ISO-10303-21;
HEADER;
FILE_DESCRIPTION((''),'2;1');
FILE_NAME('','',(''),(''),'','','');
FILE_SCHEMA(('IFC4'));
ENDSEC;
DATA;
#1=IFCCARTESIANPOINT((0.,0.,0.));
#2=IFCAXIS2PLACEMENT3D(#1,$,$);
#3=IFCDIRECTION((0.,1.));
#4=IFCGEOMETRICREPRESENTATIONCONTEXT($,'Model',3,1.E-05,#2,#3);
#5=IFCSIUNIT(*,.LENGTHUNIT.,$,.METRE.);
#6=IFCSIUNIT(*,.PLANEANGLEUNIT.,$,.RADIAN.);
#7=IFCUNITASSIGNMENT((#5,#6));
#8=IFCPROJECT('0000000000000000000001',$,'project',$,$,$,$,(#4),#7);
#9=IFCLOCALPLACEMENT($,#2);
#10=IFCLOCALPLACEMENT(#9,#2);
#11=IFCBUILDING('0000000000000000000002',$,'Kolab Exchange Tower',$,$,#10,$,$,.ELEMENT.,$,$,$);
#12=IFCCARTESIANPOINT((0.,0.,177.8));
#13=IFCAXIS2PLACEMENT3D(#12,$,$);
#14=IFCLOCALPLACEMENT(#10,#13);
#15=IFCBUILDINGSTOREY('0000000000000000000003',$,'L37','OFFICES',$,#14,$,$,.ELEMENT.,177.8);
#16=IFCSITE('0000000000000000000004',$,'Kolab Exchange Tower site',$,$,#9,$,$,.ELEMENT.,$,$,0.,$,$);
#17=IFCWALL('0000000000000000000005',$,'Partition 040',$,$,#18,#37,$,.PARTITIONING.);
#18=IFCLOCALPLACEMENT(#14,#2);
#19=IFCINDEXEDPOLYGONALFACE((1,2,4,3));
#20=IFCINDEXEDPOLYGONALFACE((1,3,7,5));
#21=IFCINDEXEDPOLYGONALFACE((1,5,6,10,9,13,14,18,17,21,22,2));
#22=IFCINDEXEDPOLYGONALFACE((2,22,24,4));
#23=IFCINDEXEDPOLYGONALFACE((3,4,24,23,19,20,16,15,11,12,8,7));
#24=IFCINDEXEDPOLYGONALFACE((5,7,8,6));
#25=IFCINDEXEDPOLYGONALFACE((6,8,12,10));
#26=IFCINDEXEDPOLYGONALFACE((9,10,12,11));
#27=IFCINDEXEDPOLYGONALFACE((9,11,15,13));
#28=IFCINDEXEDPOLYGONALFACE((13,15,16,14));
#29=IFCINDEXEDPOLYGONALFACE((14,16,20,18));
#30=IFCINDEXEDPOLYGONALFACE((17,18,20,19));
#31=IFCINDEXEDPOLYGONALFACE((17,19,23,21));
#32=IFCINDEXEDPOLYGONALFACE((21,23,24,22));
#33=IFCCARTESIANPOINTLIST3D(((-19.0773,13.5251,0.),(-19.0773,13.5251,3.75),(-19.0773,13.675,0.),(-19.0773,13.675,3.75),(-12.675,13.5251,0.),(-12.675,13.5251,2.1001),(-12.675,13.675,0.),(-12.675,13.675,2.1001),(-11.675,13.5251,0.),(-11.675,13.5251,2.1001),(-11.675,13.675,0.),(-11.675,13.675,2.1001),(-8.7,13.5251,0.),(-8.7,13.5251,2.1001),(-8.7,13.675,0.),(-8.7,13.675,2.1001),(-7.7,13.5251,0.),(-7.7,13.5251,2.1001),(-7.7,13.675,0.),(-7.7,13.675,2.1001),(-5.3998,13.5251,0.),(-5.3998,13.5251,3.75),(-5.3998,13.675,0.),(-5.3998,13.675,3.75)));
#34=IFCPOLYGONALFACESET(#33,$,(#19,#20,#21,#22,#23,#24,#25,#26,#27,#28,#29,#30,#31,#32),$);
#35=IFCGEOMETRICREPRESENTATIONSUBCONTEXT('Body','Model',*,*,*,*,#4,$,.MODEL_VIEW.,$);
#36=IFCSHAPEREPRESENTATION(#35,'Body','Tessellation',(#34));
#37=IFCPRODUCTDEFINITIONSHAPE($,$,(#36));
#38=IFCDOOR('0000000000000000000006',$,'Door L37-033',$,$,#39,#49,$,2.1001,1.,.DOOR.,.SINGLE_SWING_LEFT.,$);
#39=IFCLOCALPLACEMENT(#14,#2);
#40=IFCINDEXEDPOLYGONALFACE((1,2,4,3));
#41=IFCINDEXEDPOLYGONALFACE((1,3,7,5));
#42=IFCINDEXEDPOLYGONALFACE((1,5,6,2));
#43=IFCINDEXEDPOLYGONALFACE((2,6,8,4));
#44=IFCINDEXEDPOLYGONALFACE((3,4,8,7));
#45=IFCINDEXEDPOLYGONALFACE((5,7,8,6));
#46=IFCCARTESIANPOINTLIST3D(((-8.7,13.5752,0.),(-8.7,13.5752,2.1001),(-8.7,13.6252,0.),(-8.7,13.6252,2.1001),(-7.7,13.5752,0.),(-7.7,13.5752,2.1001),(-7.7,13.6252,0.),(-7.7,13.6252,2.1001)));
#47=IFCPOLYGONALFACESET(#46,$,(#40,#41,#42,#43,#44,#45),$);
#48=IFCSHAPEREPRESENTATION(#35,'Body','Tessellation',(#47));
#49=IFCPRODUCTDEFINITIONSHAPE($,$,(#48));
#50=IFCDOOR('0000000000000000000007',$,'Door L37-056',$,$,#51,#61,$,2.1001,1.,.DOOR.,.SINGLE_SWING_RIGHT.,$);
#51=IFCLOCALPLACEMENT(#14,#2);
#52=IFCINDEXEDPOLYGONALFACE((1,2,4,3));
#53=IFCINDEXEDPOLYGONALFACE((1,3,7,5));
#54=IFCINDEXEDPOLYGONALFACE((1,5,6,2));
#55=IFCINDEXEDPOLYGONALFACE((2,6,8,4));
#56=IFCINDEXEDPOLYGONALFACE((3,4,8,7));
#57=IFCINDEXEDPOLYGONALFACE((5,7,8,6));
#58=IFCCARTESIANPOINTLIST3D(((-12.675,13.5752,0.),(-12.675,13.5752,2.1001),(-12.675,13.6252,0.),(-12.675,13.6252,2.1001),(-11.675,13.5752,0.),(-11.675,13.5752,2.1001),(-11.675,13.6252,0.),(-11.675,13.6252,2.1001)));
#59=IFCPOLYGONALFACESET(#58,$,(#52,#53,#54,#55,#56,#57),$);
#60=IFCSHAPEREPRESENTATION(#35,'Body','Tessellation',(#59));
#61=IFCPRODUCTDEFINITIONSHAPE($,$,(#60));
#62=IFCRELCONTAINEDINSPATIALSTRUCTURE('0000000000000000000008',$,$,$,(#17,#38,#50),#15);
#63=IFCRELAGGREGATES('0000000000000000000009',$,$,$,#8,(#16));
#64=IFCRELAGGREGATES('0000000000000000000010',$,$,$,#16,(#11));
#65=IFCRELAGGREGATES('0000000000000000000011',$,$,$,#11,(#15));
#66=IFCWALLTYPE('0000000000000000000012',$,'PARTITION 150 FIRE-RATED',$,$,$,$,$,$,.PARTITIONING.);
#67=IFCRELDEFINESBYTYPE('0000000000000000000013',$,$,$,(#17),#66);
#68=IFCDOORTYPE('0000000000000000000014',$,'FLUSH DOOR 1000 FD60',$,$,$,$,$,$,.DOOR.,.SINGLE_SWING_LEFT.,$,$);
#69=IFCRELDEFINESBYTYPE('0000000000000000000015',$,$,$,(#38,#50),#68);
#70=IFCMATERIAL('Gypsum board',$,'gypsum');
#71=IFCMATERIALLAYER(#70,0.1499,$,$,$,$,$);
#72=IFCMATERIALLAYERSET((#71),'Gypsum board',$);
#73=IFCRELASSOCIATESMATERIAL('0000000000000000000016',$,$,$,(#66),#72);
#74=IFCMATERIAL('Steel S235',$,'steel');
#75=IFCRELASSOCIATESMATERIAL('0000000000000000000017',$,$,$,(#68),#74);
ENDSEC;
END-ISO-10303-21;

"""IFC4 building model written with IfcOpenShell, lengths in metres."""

from ifc_helpers import new_model, si_unit, direction, frame, frame_2d, origin, place, context, subcontext, project, spatial, rectangle, extrude, material, layer, layer_set, type_object, element, fill, save


model = new_model("IFC4")

# Units and contexts
model_context = context("Model", 3, precision=1e-05, world=origin(), true_north=direction((0.0, 1.0)))
body_context = subcontext(model_context, "Body", "Model", "MODEL_VIEW")
ifc_project = project(units=[si_unit("LENGTHUNIT", "METRE"), si_unit("PLANEANGLEUNIT", "RADIAN")], contexts=[model_context])

# Site, building, storey
site_placement = place(None, origin())
site = spatial("IfcSite", under=ifc_project, at=site_placement, Name="Kolab Exchange Tower site", CompositionType="ELEMENT", RefElevation=0.0)
building_placement = place(site_placement, origin())
building = spatial("IfcBuilding", under=site, at=building_placement, Name="Kolab Exchange Tower", CompositionType="ELEMENT")
storey_placement = place(building_placement, frame((0.0, 0.0, 177.8)))
storey = spatial("IfcBuildingStorey", under=building, at=storey_placement, Name="L37", Description="OFFICES", CompositionType="ELEMENT", Elevation=177.8)

# Shared definitions
ifc_material_1 = material(Name="Gypsum board", Category="gypsum")

# Wall, openings, doors
ifc_layer_1 = layer(ifc_material_1, 0.1499)
ifc_layer_set_1 = layer_set([ifc_layer_1], Name="Gypsum board")
wall_type_1 = type_object("IfcWallType", Name="PARTITION 150 FIRE-RATED", PredefinedType="PARTITIONING", material=ifc_layer_set_1)
wall_1_placement = place(storey_placement, frame((-19.0774, 13.6001, 0.0), z_axis=(0.0, 0.0, 1.0), x_axis=(1.0, 0.0, 0.0)))
wall_1 = element("IfcWall", 1, at=wall_1_placement, inside=storey, type_object=wall_type_1, Name="Partition 040", PredefinedType="PARTITIONING", context=body_context, shape_type="SweptSolid", body=[
    extrude(rectangle(XDim=13.6775, YDim=0.1499, at=frame_2d((6.8389, 0.0))), origin(), (0.0, 0.0, 1.0), 3.75),
])
opening_1_placement = place(wall_1_placement, frame((10.3774, 0.0, 0.0)))
opening_1 = element("IfcOpeningElement", 2, at=opening_1_placement, cuts=wall_1, PredefinedType="OPENING", context=body_context, shape_type="SweptSolid", body=[
    extrude(rectangle(XDim=1.0, YDim=2.1001, at=frame_2d((0.5, 1.05))), frame((0.0, 0.085, 0.0), z_axis=(0.0, -1.0, 0.0), x_axis=(1.0, 0.0, 0.0)), (0.0, 0.0, 1.0), 0.1699),
])
opening_2_placement = place(wall_1_placement, frame((6.4023, 0.0, 0.0)))
opening_2 = element("IfcOpeningElement", 3, at=opening_2_placement, cuts=wall_1, PredefinedType="OPENING", context=body_context, shape_type="SweptSolid", body=[
    extrude(rectangle(XDim=1.0, YDim=2.1001, at=frame_2d((0.5, 1.05))), frame((0.0, 0.085, 0.0), z_axis=(0.0, -1.0, 0.0), x_axis=(1.0, 0.0, 0.0)), (0.0, 0.0, 1.0), 0.1699),
])
ifc_material_2 = material(Name="Steel S235", Category="steel")
door_type = type_object("IfcDoorType", Name="FLUSH DOOR 1000 FD60", OperationType="SINGLE_SWING_LEFT", PredefinedType="DOOR", material=ifc_material_2)
door_1_placement = place(opening_1_placement, frame((1.0, 0.0, 0.0), z_axis=(0.0, 0.0, 1.0), x_axis=(-1.0, 0.0, 0.0)))
door_1 = element("IfcDoor", 4, at=door_1_placement, inside=storey, type_object=door_type, Name="Door L37-033", OperationType="SINGLE_SWING_LEFT", OverallHeight=2.1001, OverallWidth=1.0, PredefinedType="DOOR", context=body_context, shape_type="SweptSolid", body=[
    extrude(rectangle(XDim=1.0, YDim=2.1001, at=frame_2d((0.5, 1.05))), frame((0.0, 0.0249, 0.0), z_axis=(0.0, -1.0, 0.0), x_axis=(1.0, 0.0, 0.0)), (0.0, 0.0, 1.0), 0.05),
])
fill(opening_1, door_1)
door_2_placement = place(opening_2_placement, frame((1.0, 0.0, 0.0), z_axis=(0.0, 0.0, 1.0), x_axis=(-1.0, 0.0, 0.0)))
door_2 = element("IfcDoor", 5, at=door_2_placement, inside=storey, type_object=door_type, Name="Door L37-056", OperationType="SINGLE_SWING_RIGHT", OverallHeight=2.1001, OverallWidth=1.0, PredefinedType="DOOR", context=body_context, shape_type="SweptSolid", body=[
    extrude(rectangle(XDim=1.0, YDim=2.1001, at=frame_2d((0.5, 1.05))), frame((0.0, 0.0249, 0.0), z_axis=(0.0, -1.0, 0.0), x_axis=(1.0, 0.0, 0.0)), (0.0, 0.0, 1.0), 0.05),
])
fill(opening_2, door_2)

save(model, "model.ifc")
